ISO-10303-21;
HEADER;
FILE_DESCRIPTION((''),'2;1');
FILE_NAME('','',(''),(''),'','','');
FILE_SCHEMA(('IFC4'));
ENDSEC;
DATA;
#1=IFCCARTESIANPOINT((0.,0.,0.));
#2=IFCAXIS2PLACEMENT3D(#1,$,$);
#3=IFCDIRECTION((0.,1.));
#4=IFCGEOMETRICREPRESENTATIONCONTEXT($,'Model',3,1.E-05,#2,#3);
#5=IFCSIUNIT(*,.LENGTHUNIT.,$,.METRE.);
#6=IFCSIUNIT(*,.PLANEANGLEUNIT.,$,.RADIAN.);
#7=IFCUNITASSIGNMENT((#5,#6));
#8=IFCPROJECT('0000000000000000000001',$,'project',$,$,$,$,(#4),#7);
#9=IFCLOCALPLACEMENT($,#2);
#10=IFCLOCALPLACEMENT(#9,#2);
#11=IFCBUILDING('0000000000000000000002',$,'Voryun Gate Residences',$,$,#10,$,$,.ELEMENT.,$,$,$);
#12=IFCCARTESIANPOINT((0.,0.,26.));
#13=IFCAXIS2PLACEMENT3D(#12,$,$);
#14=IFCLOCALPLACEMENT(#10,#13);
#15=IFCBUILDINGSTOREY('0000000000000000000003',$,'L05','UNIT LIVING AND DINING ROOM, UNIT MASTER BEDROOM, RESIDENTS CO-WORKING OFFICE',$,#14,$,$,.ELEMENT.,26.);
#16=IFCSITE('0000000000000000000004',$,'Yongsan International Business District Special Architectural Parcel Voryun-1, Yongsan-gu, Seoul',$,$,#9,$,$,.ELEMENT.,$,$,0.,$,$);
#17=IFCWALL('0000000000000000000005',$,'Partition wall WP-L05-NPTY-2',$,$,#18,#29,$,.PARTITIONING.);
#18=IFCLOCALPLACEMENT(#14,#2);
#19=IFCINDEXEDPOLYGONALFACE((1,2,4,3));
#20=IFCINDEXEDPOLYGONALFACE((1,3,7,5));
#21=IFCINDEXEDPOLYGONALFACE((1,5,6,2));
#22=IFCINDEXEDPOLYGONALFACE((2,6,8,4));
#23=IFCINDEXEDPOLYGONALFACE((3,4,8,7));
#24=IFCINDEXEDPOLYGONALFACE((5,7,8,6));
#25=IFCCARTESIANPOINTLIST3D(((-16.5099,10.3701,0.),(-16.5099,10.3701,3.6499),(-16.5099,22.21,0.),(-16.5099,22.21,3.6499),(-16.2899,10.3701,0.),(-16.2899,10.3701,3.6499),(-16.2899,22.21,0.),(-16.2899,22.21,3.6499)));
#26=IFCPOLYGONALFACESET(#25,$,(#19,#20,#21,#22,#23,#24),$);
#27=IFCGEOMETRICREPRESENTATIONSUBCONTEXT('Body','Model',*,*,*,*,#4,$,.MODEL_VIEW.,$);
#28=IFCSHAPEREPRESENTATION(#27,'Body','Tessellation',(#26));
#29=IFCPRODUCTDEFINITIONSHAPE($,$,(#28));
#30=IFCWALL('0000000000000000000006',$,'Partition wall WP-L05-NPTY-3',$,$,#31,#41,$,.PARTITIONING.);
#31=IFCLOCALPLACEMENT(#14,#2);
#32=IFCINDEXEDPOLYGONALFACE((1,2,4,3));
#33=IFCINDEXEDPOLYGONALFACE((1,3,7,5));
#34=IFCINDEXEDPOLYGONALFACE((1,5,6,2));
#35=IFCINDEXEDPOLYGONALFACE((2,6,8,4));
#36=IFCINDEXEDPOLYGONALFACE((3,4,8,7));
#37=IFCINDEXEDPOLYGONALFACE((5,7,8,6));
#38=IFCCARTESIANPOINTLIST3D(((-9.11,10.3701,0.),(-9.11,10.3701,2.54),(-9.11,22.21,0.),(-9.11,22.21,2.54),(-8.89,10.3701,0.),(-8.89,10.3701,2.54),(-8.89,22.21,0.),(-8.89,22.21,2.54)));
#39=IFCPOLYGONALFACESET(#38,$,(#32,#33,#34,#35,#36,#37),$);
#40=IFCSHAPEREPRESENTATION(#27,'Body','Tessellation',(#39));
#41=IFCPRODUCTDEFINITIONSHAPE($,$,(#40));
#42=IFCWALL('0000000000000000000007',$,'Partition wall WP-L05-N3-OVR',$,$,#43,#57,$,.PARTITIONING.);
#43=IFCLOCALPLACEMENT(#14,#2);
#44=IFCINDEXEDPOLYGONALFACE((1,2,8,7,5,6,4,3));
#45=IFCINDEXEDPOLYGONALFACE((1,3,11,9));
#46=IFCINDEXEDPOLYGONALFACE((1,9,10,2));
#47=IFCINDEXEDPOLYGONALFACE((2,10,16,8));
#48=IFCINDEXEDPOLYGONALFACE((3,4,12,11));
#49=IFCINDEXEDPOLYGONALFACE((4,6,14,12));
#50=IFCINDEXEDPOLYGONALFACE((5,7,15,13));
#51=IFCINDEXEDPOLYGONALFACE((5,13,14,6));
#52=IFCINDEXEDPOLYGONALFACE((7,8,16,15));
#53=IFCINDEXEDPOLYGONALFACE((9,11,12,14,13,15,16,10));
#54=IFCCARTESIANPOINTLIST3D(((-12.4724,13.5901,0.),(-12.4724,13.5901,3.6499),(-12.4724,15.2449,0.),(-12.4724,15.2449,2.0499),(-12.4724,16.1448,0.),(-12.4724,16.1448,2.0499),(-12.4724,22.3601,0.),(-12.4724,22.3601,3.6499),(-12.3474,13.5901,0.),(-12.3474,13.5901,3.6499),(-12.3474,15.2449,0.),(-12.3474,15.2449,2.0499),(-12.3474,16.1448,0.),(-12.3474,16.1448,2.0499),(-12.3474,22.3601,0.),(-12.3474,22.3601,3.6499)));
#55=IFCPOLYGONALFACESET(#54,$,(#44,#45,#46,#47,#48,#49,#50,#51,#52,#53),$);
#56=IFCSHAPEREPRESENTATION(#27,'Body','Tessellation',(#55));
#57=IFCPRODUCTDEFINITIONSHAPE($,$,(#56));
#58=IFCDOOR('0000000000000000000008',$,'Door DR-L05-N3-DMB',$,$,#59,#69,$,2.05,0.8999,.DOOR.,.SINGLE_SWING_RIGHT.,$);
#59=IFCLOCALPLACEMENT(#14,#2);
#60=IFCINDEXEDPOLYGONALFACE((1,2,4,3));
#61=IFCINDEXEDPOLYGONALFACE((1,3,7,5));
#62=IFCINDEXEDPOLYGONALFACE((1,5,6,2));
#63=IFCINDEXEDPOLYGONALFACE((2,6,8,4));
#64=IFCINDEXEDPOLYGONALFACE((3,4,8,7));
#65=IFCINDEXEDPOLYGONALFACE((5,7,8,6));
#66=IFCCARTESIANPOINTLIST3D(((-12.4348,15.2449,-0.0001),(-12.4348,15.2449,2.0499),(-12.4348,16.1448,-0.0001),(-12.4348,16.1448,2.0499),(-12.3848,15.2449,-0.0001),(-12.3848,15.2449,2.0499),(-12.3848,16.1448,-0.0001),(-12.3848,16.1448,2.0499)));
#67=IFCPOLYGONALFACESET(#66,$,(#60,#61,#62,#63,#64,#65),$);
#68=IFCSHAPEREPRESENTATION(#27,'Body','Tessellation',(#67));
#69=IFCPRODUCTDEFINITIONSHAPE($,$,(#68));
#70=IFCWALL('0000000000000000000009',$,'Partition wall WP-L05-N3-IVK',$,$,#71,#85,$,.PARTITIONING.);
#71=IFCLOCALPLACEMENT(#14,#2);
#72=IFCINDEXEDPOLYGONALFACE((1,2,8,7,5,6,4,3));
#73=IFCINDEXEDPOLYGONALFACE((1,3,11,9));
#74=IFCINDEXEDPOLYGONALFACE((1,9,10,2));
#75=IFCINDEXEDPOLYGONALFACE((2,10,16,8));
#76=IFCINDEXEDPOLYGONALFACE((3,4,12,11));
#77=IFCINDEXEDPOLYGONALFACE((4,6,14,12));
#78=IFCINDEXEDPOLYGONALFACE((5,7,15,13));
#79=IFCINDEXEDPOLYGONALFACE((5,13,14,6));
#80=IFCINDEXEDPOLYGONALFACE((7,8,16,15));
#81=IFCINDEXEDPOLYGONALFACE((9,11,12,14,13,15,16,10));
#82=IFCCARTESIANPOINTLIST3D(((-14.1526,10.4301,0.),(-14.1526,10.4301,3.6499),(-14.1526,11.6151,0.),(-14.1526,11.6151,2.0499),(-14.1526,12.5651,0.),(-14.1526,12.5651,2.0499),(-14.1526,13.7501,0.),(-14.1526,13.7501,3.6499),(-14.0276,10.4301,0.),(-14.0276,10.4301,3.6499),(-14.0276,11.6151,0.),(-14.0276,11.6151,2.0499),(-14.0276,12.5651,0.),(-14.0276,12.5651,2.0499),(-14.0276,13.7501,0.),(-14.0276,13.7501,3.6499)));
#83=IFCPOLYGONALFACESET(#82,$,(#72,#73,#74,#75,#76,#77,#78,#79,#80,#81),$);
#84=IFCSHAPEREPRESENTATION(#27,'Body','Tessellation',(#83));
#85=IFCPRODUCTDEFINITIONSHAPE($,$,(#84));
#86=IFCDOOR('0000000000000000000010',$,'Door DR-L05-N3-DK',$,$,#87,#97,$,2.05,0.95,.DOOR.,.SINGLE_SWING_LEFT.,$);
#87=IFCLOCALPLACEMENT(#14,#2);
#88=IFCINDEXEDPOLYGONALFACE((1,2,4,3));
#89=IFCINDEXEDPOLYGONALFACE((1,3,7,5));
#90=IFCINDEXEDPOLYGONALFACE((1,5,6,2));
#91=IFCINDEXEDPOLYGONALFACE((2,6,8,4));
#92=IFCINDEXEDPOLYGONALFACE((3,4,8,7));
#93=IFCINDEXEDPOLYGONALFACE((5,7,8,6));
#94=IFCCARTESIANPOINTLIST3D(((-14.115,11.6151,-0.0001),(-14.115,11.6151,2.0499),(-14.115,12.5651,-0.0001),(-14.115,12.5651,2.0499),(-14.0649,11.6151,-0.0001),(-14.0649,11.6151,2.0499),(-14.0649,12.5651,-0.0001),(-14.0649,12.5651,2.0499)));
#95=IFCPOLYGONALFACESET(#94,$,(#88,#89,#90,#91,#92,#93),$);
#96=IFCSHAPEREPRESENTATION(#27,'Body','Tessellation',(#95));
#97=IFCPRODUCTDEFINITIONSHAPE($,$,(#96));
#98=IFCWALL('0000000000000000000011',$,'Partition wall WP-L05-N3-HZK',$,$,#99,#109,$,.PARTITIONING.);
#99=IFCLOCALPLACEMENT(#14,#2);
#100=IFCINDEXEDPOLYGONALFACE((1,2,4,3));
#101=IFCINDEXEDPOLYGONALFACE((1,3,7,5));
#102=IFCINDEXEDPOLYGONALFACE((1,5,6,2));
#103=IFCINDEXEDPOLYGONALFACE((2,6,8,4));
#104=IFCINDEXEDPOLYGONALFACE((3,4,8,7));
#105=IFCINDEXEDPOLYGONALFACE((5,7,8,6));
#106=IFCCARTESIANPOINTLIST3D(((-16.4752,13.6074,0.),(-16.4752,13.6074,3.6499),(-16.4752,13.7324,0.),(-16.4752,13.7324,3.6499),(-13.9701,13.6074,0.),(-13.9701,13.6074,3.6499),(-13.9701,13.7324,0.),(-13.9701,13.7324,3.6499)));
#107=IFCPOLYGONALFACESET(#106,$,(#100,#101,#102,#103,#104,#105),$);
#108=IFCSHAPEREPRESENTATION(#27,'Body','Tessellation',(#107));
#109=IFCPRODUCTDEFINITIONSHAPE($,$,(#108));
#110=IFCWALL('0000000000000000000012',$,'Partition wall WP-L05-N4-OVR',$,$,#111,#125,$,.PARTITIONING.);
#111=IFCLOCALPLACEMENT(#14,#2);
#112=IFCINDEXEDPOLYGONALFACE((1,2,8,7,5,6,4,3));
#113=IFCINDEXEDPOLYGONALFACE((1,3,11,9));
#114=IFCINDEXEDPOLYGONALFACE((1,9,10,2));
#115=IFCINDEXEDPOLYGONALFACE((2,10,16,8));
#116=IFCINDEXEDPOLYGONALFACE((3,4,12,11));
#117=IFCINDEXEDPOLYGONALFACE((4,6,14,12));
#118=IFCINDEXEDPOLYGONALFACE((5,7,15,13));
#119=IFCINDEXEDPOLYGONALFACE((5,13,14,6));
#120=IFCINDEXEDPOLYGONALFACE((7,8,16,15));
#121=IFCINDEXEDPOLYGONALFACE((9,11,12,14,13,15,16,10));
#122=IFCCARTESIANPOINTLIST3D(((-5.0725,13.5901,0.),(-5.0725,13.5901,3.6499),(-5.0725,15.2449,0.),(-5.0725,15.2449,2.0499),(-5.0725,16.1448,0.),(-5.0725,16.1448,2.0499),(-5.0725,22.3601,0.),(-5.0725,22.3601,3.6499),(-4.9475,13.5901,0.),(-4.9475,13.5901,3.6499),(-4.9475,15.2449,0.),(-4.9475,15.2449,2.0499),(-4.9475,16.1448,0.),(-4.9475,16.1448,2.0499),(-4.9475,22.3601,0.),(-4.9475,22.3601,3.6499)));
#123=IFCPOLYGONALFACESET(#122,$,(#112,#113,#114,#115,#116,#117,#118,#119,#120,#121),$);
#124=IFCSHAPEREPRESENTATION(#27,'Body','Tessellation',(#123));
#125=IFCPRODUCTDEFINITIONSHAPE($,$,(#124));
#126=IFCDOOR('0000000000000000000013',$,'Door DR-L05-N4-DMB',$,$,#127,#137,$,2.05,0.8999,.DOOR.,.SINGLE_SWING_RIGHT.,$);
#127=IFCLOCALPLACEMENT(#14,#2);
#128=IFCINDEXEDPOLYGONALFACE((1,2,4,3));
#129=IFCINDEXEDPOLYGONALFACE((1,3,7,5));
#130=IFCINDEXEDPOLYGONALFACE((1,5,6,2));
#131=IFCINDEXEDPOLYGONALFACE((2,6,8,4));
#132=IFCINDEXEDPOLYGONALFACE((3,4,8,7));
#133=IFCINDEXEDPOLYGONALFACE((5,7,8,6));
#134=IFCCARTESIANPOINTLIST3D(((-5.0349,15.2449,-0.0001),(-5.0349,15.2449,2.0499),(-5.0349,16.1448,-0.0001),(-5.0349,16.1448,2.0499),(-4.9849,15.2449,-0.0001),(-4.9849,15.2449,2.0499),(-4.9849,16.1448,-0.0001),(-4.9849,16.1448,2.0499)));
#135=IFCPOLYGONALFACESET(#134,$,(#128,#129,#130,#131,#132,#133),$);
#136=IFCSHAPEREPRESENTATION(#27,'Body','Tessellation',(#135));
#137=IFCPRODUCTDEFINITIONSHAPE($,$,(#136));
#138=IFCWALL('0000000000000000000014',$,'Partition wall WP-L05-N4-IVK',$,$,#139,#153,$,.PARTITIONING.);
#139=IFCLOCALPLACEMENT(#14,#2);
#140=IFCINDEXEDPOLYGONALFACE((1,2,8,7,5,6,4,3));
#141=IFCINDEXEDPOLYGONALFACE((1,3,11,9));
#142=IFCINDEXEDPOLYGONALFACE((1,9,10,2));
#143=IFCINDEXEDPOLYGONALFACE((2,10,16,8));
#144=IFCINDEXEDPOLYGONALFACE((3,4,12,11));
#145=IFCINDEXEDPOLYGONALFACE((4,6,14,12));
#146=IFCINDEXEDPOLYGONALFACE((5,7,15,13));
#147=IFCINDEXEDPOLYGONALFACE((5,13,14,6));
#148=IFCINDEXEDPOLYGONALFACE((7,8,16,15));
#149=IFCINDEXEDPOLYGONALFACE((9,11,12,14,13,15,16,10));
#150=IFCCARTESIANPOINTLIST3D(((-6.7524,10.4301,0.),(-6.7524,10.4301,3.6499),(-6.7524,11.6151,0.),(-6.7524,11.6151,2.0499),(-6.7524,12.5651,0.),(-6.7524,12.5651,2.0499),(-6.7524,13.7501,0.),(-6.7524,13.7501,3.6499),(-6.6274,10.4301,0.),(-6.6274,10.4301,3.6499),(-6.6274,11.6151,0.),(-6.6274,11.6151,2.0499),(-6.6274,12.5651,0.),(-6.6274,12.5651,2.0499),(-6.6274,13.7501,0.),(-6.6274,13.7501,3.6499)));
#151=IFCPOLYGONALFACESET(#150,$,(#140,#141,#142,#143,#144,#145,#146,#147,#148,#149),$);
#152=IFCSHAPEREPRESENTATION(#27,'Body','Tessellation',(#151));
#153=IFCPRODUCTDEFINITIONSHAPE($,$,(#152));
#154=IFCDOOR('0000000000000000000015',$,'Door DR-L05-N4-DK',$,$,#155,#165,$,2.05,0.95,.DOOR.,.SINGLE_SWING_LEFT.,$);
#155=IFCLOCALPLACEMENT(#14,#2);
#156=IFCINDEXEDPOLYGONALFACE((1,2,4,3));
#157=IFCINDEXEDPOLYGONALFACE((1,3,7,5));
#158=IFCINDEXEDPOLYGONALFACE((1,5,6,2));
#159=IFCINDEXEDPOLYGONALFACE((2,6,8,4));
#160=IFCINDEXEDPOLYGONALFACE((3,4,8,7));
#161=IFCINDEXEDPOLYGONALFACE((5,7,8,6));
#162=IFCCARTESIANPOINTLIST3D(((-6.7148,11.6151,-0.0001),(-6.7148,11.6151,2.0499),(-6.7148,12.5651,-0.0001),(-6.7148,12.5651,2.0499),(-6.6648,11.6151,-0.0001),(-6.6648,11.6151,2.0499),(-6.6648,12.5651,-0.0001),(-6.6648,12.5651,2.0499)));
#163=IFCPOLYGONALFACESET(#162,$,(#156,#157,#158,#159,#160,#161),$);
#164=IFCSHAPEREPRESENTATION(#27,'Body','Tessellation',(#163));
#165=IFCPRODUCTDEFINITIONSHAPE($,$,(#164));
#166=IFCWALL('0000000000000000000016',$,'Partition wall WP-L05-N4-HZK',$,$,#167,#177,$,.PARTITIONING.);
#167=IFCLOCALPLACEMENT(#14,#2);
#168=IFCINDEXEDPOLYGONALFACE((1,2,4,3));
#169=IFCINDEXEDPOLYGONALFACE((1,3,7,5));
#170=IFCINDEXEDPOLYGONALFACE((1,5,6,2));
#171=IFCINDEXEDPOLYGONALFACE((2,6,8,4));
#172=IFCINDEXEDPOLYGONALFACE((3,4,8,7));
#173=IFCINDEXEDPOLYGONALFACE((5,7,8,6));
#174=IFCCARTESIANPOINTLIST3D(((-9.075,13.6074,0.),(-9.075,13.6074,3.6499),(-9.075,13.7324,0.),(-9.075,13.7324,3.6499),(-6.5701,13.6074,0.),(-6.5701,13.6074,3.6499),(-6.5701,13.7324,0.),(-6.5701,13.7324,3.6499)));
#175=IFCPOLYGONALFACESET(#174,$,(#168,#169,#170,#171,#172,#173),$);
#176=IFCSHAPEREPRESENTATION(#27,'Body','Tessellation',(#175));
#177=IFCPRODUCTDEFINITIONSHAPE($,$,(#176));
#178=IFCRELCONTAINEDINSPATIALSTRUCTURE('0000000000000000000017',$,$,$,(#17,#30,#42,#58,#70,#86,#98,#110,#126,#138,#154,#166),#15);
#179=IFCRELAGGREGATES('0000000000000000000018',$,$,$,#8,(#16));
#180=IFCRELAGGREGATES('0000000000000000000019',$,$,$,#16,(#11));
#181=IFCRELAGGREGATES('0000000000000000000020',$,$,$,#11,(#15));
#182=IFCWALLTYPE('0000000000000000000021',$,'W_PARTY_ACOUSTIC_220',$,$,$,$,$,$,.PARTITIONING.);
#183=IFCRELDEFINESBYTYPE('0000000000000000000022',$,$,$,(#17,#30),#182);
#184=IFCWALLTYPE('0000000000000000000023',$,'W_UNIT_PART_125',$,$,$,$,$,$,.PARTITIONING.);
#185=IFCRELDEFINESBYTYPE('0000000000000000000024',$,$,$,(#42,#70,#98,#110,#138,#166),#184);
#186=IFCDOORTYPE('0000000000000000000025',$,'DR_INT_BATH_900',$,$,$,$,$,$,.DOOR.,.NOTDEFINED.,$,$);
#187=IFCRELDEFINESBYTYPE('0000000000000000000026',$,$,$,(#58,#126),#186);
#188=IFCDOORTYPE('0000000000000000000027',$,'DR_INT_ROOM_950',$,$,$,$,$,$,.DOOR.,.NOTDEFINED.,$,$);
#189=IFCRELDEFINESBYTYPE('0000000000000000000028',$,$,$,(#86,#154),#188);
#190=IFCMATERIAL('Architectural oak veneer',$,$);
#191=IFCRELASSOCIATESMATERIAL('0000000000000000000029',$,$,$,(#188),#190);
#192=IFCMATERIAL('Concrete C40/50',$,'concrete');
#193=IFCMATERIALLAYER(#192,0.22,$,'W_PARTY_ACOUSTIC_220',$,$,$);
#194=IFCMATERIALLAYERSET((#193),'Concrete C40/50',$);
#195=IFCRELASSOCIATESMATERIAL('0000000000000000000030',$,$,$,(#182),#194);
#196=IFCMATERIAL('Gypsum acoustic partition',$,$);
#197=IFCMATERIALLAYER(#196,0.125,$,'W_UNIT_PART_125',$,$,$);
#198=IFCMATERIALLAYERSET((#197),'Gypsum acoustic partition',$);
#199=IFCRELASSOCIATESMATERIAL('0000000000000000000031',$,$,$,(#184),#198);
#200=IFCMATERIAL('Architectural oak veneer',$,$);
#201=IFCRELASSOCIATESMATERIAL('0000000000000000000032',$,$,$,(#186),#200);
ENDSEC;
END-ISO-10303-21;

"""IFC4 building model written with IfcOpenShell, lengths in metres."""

from ifc_helpers import new_model, si_unit, direction, frame, frame_2d, origin, place, context, subcontext, project, spatial, rectangle, extrude, material, layer, layer_set, type_object, element, fill, save


model = new_model("IFC4")

# Units and contexts
model_context = context("Model", 3, precision=1e-05, world=origin(), true_north=direction((0.0, 1.0)))
body_context = subcontext(model_context, "Body", "Model", "MODEL_VIEW")
ifc_project = project(units=[si_unit("LENGTHUNIT", "METRE"), si_unit("PLANEANGLEUNIT", "RADIAN")], contexts=[model_context])

# Site, building, storey
site_placement = place(None, origin())
site = spatial("IfcSite", under=ifc_project, at=site_placement, Name="Yongsan International Business District Special Architectural Parcel Voryun-1, Yongsan-gu, Seoul", CompositionType="ELEMENT", RefElevation=0.0)
building_placement = place(site_placement, origin())
building = spatial("IfcBuilding", under=site, at=building_placement, Name="Voryun Gate Residences", CompositionType="ELEMENT")
storey_placement = place(building_placement, frame((0.0, 0.0, 26.0)))
storey = spatial("IfcBuildingStorey", under=building, at=storey_placement, Name="L05", Description="UNIT LIVING AND DINING ROOM, UNIT MASTER BEDROOM, RESIDENTS CO-WORKING OFFICE", CompositionType="ELEMENT", Elevation=26.0)

# Shared definitions
ifc_material_1 = material(Name="Architectural oak veneer")
door_type_1 = type_object("IfcDoorType", Name="DR_INT_ROOM_950", OperationType="NOTDEFINED", PredefinedType="DOOR", material=ifc_material_1)

# Walls
ifc_material_2 = material(Name="Concrete C40/50", Category="concrete")
ifc_layer_1 = layer(ifc_material_2, 0.22, Name="W_PARTY_ACOUSTIC_220")
ifc_layer_set_1 = layer_set([ifc_layer_1], Name="Concrete C40/50")
wall_type_1 = type_object("IfcWallType", Name="W_PARTY_ACOUSTIC_220", PredefinedType="PARTITIONING", material=ifc_layer_set_1)
wall_1_placement = place(storey_placement, frame((-16.3999, 10.3701, 0.0), z_axis=(0.0, 0.0, 1.0), x_axis=(0.0, 1.0, 0.0)))
element("IfcWall", 1, at=wall_1_placement, inside=storey, type_object=wall_type_1, Name="Partition wall WP-L05-NPTY-2", PredefinedType="PARTITIONING", context=body_context, shape_type="SweptSolid", body=[
    extrude(rectangle(XDim=11.8398, YDim=0.22, at=frame_2d((5.9199, 0.0))), origin(), (0.0, 0.0, 1.0), 3.6499),
])
wall_2_placement = place(storey_placement, frame((-9.0, 10.3701, 0.0), z_axis=(0.0, 0.0, 1.0), x_axis=(0.0, 1.0, 0.0)))
element("IfcWall", 2, at=wall_2_placement, inside=storey, type_object=wall_type_1, Name="Partition wall WP-L05-NPTY-3", PredefinedType="PARTITIONING", context=body_context, shape_type="SweptSolid", body=[
    extrude(rectangle(XDim=11.8398, YDim=0.22, at=frame_2d((5.9199, 0.0))), origin(), (0.0, 0.0, 1.0), 2.54),
])

# Walls, openings, doors
ifc_material_3 = material(Name="Gypsum acoustic partition")
ifc_layer_2 = layer(ifc_material_3, 0.125, Name="W_UNIT_PART_125")
ifc_layer_set_2 = layer_set([ifc_layer_2], Name="Gypsum acoustic partition")
wall_type_2 = type_object("IfcWallType", Name="W_UNIT_PART_125", PredefinedType="PARTITIONING", material=ifc_layer_set_2)
wall_3_placement = place(storey_placement, frame((-12.4099, 13.5901, 0.0), z_axis=(0.0, 0.0, 1.0), x_axis=(0.0, 1.0, 0.0)))
wall_3 = element("IfcWall", 3, at=wall_3_placement, inside=storey, type_object=wall_type_2, Name="Partition wall WP-L05-N3-OVR", PredefinedType="PARTITIONING", context=body_context, shape_type="SweptSolid", body=[
    extrude(rectangle(XDim=8.77, YDim=0.125, at=frame_2d((4.385, 0.0))), origin(), (0.0, 0.0, 1.0), 3.6499),
])
opening_1_placement = place(wall_3_placement, frame((1.6548, 0.0, 0.0)))
opening_1 = element("IfcOpeningElement", 4, at=opening_1_placement, cuts=wall_3, PredefinedType="OPENING", context=body_context, shape_type="SweptSolid", body=[
    extrude(rectangle(XDim=0.8999, YDim=2.05, at=frame_2d((0.45, 1.0249))), frame((0.0, 0.0725, 0.0), z_axis=(0.0, -1.0, 0.0), x_axis=(1.0, 0.0, 0.0)), (0.0, 0.0, 1.0), 0.145),
])
ifc_material_4 = material(Name="Architectural oak veneer")
door_type_2 = type_object("IfcDoorType", Name="DR_INT_BATH_900", OperationType="NOTDEFINED", PredefinedType="DOOR", material=ifc_material_4)
door_1_placement = place(opening_1_placement, origin())
door_1 = element("IfcDoor", 5, at=door_1_placement, inside=storey, type_object=door_type_2, Name="Door DR-L05-N3-DMB", OperationType="SINGLE_SWING_RIGHT", OverallHeight=2.05, OverallWidth=0.8999, PredefinedType="DOOR", context=body_context, shape_type="SweptSolid", body=[
    extrude(rectangle(XDim=0.8999, YDim=2.05, at=frame_2d((0.45, 1.0249))), frame((0.0, 0.0249, 0.0), z_axis=(0.0, -1.0, 0.0), x_axis=(1.0, 0.0, 0.0)), (0.0, 0.0, 1.0), 0.05),
])
fill(opening_1, door_1)
wall_4_placement = place(storey_placement, frame((-14.0901, 10.4299, 0.0), z_axis=(0.0, 0.0, 1.0), x_axis=(0.0, 1.0, 0.0)))
wall_4 = element("IfcWall", 6, at=wall_4_placement, inside=storey, type_object=wall_type_2, Name="Partition wall WP-L05-N3-IVK", PredefinedType="PARTITIONING", context=body_context, shape_type="SweptSolid", body=[
    extrude(rectangle(XDim=3.3201, YDim=0.125, at=frame_2d((1.6602, 0.0))), origin(), (0.0, 0.0, 1.0), 3.6499),
])
opening_2_placement = place(wall_4_placement, frame((1.1851, 0.0, 0.0)))
opening_2 = element("IfcOpeningElement", 7, at=opening_2_placement, cuts=wall_4, PredefinedType="OPENING", context=body_context, shape_type="SweptSolid", body=[
    extrude(rectangle(XDim=0.95, YDim=2.05, at=frame_2d((0.4751, 1.0249))), frame((0.0, 0.0725, 0.0), z_axis=(0.0, -1.0, 0.0), x_axis=(1.0, 0.0, 0.0)), (0.0, 0.0, 1.0), 0.145),
])
door_2_placement = place(opening_2_placement, origin())
door_2 = element("IfcDoor", 8, at=door_2_placement, inside=storey, type_object=door_type_1, Name="Door DR-L05-N3-DK", OperationType="SINGLE_SWING_LEFT", OverallHeight=2.05, OverallWidth=0.95, PredefinedType="DOOR", context=body_context, shape_type="SweptSolid", body=[
    extrude(rectangle(XDim=0.95, YDim=2.05, at=frame_2d((0.4751, 1.0249))), frame((0.0, 0.0249, 0.0), z_axis=(0.0, -1.0, 0.0), x_axis=(1.0, 0.0, 0.0)), (0.0, 0.0, 1.0), 0.05),
])
fill(opening_2, door_2)

# Wall
wall_5_placement = place(storey_placement, frame((-16.4751, 13.6699, 0.0), z_axis=(0.0, 0.0, 1.0), x_axis=(1.0, 0.0, 0.0)))
element("IfcWall", 9, at=wall_5_placement, inside=storey, type_object=wall_type_2, Name="Partition wall WP-L05-N3-HZK", PredefinedType="PARTITIONING", context=body_context, shape_type="SweptSolid", body=[
    extrude(rectangle(XDim=2.5051, YDim=0.125, at=frame_2d((1.2524, 0.0))), origin(), (0.0, 0.0, 1.0), 3.6499),
])

# Walls, openings, doors
wall_6_placement = place(storey_placement, frame((-5.01, 13.5901, 0.0), z_axis=(0.0, 0.0, 1.0), x_axis=(0.0, 1.0, 0.0)))
wall_6 = element("IfcWall", 10, at=wall_6_placement, inside=storey, type_object=wall_type_2, Name="Partition wall WP-L05-N4-OVR", PredefinedType="PARTITIONING", context=body_context, shape_type="SweptSolid", body=[
    extrude(rectangle(XDim=8.77, YDim=0.125, at=frame_2d((4.385, 0.0))), origin(), (0.0, 0.0, 1.0), 3.6499),
])
opening_3_placement = place(wall_6_placement, frame((1.6548, 0.0, 0.0)))
opening_3 = element("IfcOpeningElement", 11, at=opening_3_placement, cuts=wall_6, PredefinedType="OPENING", context=body_context, shape_type="SweptSolid", body=[
    extrude(rectangle(XDim=0.8999, YDim=2.05, at=frame_2d((0.45, 1.0249))), frame((0.0, 0.0725, 0.0), z_axis=(0.0, -1.0, 0.0), x_axis=(1.0, 0.0, 0.0)), (0.0, 0.0, 1.0), 0.145),
])
door_3_placement = place(opening_3_placement, origin())
door_3 = element("IfcDoor", 12, at=door_3_placement, inside=storey, type_object=door_type_2, Name="Door DR-L05-N4-DMB", OperationType="SINGLE_SWING_RIGHT", OverallHeight=2.05, OverallWidth=0.8999, PredefinedType="DOOR", context=body_context, shape_type="SweptSolid", body=[
    extrude(rectangle(XDim=0.8999, YDim=2.05, at=frame_2d((0.45, 1.0249))), frame((0.0, 0.0249, 0.0), z_axis=(0.0, -1.0, 0.0), x_axis=(1.0, 0.0, 0.0)), (0.0, 0.0, 1.0), 0.05),
])
fill(opening_3, door_3)
wall_7_placement = place(storey_placement, frame((-6.6899, 10.4299, 0.0), z_axis=(0.0, 0.0, 1.0), x_axis=(0.0, 1.0, 0.0)))
wall_7 = element("IfcWall", 13, at=wall_7_placement, inside=storey, type_object=wall_type_2, Name="Partition wall WP-L05-N4-IVK", PredefinedType="PARTITIONING", context=body_context, shape_type="SweptSolid", body=[
    extrude(rectangle(XDim=3.3201, YDim=0.125, at=frame_2d((1.6602, 0.0))), origin(), (0.0, 0.0, 1.0), 3.6499),
])
opening_4_placement = place(wall_7_placement, frame((1.1851, 0.0, 0.0)))
opening_4 = element("IfcOpeningElement", 14, at=opening_4_placement, cuts=wall_7, PredefinedType="OPENING", context=body_context, shape_type="SweptSolid", body=[
    extrude(rectangle(XDim=0.95, YDim=2.05, at=frame_2d((0.4751, 1.0249))), frame((0.0, 0.0725, 0.0), z_axis=(0.0, -1.0, 0.0), x_axis=(1.0, 0.0, 0.0)), (0.0, 0.0, 1.0), 0.145),
])
door_4_placement = place(opening_4_placement, origin())
door_4 = element("IfcDoor", 15, at=door_4_placement, inside=storey, type_object=door_type_1, Name="Door DR-L05-N4-DK", OperationType="SINGLE_SWING_LEFT", OverallHeight=2.05, OverallWidth=0.95, PredefinedType="DOOR", context=body_context, shape_type="SweptSolid", body=[
    extrude(rectangle(XDim=0.95, YDim=2.05, at=frame_2d((0.4751, 1.0249))), frame((0.0, 0.0249, 0.0), z_axis=(0.0, -1.0, 0.0), x_axis=(1.0, 0.0, 0.0)), (0.0, 0.0, 1.0), 0.05),
])
fill(opening_4, door_4)

# Wall
wall_8_placement = place(storey_placement, frame((-9.075, 13.6699, 0.0), z_axis=(0.0, 0.0, 1.0), x_axis=(1.0, 0.0, 0.0)))
element("IfcWall", 16, at=wall_8_placement, inside=storey, type_object=wall_type_2, Name="Partition wall WP-L05-N4-HZK", PredefinedType="PARTITIONING", context=body_context, shape_type="SweptSolid", body=[
    extrude(rectangle(XDim=2.5049, YDim=0.125, at=frame_2d((1.2524, 0.0))), origin(), (0.0, 0.0, 1.0), 3.6499),
])

save(model, "model.ifc")
